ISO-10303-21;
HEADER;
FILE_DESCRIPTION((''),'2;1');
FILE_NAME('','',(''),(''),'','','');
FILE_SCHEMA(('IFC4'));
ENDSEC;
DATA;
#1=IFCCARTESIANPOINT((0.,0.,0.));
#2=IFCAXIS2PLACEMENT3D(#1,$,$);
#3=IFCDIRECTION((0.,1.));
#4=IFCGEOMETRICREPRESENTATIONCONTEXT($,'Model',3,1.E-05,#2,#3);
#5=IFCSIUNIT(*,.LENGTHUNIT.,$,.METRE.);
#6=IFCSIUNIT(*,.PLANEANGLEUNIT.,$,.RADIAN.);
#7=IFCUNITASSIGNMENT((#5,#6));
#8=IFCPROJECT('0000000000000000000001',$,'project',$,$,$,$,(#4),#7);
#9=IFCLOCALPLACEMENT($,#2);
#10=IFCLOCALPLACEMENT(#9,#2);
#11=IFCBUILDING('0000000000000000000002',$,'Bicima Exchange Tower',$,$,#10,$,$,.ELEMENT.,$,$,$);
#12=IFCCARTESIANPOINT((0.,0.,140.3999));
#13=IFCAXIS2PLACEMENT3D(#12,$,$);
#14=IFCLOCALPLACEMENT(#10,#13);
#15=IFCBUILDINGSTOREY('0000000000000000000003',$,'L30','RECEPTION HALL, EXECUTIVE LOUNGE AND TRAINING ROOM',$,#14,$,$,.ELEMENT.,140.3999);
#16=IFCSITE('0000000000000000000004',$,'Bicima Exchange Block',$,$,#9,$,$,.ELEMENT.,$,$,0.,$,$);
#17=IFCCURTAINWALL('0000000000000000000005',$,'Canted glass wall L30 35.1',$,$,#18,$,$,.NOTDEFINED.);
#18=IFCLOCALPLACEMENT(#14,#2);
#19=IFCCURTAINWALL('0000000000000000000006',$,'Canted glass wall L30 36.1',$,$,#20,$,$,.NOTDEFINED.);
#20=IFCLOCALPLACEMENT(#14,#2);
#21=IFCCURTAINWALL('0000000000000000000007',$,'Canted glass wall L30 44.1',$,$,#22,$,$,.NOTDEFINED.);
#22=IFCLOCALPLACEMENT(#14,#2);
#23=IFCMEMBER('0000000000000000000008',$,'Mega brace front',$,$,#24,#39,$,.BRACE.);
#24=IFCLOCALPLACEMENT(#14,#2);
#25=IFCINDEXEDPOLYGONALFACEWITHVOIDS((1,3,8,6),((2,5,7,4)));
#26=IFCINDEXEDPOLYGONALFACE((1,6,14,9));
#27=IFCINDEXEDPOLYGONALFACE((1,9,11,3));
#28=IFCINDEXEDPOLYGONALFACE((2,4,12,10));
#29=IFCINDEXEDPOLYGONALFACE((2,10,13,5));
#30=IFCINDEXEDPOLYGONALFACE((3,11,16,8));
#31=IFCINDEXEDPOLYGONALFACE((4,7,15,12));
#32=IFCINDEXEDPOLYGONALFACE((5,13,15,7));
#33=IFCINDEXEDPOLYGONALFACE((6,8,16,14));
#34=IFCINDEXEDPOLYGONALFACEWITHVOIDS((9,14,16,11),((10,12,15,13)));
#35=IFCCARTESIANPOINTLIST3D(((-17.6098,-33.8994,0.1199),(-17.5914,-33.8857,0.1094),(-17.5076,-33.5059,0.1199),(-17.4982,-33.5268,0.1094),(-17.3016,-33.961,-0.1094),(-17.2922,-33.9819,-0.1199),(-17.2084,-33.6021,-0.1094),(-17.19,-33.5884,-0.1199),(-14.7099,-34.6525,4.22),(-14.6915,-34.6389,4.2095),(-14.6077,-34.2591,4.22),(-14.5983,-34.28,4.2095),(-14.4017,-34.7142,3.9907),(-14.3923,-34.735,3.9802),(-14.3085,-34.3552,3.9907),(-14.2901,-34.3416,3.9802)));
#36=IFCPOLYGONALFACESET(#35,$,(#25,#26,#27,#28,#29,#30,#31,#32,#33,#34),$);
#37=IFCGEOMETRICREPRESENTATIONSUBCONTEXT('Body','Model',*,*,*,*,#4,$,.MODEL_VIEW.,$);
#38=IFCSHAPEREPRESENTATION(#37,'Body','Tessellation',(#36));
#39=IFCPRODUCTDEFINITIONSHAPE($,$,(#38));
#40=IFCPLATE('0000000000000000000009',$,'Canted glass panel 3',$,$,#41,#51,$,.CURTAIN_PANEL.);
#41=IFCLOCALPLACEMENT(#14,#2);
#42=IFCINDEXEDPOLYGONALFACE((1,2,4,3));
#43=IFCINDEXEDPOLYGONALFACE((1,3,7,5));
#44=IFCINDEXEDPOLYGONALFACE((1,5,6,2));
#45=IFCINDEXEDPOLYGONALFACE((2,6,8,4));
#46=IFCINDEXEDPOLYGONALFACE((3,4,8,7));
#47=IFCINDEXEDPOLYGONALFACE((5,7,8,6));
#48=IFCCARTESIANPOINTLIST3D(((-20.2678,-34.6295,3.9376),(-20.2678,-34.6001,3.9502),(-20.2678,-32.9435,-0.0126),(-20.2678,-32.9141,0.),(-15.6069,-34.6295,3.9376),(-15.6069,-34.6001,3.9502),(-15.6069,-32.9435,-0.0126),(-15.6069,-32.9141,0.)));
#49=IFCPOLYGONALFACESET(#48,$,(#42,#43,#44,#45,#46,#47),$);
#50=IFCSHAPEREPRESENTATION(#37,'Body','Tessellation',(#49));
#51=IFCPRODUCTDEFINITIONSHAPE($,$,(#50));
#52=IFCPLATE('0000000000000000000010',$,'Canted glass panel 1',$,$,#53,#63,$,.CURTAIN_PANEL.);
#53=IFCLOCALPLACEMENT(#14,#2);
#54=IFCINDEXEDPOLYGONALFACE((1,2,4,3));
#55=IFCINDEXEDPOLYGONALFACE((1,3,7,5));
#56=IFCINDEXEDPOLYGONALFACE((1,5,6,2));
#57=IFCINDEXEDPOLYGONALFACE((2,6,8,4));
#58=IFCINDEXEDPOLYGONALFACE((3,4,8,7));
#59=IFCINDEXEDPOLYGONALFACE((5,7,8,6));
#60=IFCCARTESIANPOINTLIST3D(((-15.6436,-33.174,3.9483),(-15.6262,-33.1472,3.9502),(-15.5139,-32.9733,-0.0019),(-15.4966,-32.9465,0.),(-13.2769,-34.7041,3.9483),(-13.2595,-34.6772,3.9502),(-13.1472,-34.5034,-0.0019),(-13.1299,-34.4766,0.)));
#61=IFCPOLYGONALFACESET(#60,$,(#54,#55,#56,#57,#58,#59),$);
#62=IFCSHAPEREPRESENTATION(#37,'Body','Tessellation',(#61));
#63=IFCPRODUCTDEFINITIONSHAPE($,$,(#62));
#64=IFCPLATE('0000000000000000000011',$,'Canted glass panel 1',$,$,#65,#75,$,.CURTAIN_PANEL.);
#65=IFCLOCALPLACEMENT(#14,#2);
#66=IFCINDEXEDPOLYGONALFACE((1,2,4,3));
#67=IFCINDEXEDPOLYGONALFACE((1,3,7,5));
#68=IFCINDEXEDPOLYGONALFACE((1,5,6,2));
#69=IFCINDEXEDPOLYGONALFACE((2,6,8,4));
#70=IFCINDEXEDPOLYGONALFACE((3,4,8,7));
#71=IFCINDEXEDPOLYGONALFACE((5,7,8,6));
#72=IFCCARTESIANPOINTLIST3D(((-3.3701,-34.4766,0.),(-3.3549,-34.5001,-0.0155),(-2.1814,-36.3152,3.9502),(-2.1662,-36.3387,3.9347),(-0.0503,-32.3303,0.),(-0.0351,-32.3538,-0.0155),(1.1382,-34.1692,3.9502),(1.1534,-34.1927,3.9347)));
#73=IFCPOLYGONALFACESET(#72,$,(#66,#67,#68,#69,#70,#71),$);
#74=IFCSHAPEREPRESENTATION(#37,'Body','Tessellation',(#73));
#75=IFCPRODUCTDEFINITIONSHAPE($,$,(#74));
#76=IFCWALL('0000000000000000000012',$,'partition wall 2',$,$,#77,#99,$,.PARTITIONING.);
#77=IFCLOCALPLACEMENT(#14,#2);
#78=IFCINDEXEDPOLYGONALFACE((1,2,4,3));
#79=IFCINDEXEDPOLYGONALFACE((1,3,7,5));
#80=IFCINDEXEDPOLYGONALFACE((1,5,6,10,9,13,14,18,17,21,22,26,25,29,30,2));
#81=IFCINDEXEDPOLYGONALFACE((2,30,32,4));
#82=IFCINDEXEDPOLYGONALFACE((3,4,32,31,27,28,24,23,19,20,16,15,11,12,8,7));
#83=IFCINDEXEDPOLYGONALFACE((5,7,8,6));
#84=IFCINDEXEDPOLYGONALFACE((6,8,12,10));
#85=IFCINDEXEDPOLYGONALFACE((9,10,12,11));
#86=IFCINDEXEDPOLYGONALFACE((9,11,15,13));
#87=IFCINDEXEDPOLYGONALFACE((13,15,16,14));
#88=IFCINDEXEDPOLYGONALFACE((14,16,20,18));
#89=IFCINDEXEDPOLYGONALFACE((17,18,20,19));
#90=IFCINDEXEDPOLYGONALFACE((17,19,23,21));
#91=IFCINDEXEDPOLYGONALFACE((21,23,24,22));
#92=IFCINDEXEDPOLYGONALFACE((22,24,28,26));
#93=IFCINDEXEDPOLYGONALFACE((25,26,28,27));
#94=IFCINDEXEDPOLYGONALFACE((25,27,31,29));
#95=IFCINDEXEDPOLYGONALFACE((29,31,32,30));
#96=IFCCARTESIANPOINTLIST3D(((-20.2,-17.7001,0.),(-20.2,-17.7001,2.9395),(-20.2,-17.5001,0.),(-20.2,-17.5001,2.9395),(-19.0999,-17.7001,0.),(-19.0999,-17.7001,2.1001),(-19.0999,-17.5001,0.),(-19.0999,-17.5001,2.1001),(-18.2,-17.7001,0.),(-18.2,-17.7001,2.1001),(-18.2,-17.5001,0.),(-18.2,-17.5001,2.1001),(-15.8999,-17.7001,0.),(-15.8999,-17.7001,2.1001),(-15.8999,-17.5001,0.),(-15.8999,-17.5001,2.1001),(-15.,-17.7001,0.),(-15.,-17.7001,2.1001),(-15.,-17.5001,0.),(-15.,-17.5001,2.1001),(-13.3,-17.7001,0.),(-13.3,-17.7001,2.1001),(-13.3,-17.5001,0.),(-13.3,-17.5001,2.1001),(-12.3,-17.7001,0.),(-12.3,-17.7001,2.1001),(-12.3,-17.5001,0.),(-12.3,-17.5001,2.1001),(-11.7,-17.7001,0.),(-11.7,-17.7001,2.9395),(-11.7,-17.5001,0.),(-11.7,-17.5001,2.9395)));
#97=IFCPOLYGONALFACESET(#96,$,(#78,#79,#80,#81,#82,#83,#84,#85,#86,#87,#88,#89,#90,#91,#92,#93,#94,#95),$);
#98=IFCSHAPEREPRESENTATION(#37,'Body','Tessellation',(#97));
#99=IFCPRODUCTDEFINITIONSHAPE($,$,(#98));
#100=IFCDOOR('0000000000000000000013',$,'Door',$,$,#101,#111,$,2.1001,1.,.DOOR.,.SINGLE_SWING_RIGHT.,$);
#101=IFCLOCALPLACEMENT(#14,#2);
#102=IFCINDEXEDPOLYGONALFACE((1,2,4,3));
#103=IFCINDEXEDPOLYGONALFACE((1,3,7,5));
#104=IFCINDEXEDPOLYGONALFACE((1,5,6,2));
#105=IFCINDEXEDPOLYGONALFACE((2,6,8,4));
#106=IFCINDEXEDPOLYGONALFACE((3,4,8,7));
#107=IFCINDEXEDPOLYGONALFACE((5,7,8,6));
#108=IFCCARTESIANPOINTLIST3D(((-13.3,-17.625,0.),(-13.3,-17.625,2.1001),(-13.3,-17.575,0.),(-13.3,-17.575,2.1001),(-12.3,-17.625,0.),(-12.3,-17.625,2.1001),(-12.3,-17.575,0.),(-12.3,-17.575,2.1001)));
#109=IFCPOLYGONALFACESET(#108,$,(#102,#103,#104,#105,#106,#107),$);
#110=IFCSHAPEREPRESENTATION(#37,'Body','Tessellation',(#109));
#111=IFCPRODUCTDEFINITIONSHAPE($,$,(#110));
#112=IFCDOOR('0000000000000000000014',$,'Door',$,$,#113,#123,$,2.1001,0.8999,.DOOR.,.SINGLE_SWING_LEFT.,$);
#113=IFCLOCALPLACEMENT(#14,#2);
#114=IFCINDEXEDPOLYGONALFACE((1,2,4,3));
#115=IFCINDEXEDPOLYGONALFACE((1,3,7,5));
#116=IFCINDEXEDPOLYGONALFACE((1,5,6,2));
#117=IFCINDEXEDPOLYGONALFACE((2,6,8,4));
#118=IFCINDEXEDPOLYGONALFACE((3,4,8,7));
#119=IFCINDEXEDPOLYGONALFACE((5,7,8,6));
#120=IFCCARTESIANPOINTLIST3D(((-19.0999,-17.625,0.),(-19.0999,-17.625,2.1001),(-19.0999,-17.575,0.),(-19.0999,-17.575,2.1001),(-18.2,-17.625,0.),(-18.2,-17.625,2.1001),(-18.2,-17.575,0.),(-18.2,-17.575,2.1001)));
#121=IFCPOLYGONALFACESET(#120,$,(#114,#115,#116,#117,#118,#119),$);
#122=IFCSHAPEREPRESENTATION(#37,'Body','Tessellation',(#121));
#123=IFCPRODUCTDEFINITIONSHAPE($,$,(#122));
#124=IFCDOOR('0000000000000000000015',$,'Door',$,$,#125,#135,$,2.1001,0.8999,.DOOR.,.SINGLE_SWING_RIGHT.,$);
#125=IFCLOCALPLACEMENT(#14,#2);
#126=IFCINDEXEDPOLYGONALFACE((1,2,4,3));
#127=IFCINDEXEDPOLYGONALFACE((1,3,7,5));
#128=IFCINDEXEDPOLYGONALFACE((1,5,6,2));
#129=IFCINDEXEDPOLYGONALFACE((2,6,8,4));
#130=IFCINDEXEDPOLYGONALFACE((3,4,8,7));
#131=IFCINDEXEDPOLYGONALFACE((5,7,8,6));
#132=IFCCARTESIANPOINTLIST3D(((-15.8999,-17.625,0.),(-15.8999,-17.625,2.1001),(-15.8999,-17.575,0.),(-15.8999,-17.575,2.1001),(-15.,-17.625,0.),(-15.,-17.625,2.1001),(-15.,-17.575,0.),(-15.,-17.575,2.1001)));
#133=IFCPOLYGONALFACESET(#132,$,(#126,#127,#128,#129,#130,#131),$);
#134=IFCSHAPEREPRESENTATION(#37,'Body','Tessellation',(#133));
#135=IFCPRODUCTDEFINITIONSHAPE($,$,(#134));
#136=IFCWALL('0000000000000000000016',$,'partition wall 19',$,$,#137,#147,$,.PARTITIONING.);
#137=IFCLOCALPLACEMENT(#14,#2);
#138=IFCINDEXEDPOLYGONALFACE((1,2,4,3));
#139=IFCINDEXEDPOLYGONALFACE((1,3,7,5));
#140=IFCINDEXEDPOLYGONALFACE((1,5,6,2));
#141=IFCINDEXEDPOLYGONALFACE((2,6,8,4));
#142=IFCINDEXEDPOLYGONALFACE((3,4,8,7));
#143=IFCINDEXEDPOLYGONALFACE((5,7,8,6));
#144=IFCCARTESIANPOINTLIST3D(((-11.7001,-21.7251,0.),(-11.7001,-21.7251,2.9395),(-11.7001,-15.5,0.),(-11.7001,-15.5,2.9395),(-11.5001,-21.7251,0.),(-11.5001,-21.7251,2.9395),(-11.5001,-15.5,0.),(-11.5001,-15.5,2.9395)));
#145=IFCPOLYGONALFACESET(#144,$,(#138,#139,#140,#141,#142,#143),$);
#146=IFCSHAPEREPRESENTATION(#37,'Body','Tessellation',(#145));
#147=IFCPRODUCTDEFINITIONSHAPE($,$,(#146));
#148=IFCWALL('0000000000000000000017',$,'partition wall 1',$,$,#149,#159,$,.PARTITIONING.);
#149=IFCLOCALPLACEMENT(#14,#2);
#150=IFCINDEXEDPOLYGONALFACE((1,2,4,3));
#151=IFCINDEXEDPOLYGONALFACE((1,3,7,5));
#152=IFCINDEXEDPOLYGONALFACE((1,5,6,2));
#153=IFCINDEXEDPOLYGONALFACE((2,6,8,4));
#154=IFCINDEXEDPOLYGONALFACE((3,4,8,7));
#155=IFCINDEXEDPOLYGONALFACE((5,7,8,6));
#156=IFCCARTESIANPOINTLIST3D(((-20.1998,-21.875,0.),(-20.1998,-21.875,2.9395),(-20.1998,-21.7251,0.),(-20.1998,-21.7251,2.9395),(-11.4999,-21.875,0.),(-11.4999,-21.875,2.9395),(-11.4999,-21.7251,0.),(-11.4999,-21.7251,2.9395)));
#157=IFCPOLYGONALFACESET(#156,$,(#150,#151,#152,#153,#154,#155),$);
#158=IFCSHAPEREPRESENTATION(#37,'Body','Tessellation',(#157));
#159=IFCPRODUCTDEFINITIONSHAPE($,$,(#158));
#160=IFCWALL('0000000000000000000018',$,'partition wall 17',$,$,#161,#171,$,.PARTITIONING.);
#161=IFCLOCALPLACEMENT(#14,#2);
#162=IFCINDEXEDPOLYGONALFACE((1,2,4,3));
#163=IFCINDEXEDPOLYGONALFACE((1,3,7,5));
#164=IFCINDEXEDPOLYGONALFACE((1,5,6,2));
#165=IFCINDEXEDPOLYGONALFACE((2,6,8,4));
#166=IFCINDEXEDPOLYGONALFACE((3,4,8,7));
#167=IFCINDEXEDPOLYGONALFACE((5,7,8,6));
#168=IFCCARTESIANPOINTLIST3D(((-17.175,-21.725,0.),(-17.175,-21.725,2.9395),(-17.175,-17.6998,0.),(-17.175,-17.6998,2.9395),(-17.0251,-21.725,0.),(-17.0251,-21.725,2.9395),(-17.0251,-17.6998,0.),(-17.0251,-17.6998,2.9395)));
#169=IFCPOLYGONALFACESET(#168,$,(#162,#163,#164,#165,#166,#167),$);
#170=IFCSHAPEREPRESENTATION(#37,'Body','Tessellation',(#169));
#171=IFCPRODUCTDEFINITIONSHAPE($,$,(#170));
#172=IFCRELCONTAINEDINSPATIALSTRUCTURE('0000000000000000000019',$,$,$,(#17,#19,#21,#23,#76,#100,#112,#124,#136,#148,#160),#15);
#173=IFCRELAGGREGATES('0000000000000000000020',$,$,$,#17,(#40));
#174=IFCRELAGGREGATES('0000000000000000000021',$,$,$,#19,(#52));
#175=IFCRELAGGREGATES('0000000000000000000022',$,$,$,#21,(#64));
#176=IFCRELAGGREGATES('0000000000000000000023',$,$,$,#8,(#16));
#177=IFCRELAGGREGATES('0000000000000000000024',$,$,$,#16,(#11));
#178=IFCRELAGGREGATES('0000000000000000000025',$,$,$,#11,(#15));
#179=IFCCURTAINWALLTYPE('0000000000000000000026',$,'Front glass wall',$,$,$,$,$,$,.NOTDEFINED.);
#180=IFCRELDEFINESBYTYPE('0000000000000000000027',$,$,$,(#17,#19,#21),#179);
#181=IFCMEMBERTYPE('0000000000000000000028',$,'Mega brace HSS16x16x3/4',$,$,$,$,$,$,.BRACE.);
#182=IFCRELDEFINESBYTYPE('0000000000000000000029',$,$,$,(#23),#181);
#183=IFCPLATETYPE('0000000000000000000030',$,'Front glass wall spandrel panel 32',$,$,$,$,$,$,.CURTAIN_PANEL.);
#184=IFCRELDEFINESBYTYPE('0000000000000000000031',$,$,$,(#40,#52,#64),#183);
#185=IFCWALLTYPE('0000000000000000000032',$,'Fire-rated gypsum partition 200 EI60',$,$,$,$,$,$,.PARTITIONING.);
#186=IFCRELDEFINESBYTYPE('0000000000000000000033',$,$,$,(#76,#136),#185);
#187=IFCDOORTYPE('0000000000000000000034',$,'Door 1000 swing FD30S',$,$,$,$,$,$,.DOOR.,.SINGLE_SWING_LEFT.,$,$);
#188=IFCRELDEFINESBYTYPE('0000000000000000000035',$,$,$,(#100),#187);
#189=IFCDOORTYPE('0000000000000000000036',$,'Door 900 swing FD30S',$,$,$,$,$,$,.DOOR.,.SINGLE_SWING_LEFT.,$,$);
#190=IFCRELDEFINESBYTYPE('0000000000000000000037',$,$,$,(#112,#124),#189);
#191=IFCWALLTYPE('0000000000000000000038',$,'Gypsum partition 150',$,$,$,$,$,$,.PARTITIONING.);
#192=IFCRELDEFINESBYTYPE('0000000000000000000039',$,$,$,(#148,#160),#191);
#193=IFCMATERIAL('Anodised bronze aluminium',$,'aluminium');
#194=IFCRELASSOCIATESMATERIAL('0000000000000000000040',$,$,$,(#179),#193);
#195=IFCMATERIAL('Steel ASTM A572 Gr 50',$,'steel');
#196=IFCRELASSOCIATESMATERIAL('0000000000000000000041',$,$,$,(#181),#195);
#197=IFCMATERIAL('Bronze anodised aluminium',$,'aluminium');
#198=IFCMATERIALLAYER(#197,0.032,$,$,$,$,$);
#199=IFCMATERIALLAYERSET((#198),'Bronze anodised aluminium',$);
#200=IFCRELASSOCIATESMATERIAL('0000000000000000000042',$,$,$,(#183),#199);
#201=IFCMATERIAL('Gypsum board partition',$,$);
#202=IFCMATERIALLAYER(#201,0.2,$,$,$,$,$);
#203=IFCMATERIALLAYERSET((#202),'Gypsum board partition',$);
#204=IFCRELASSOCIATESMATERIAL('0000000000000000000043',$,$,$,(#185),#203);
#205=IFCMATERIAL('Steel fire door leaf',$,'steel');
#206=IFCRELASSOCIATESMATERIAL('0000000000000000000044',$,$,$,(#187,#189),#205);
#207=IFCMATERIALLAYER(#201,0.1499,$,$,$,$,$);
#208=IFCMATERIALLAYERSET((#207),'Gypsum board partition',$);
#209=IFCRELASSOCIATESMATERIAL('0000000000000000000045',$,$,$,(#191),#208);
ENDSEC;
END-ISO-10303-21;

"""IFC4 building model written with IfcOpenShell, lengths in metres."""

from ifc_helpers import new_model, si_unit, direction, frame, frame_2d, origin, origin_2d, place, context, subcontext, project, spatial, polyline, rectangle, hollow_rectangle, outline, extrude, material, layer, layer_set, material_profile, profile_set, type_object, element, fill, aggregate, save


model = new_model("IFC4")

# Units and contexts
model_context = context("Model", 3, precision=1e-05, world=origin(), true_north=direction((0.0, 1.0)))
body_context = subcontext(model_context, "Body", "Model", "MODEL_VIEW")
ifc_project = project(units=[si_unit("LENGTHUNIT", "METRE"), si_unit("PLANEANGLEUNIT", "RADIAN")], contexts=[model_context])

# Site, building, storey
site_placement = place(None, origin())
site = spatial("IfcSite", under=ifc_project, at=site_placement, Name="Bicima Exchange Block", CompositionType="ELEMENT", RefElevation=0.0)
building_placement = place(site_placement, origin())
building = spatial("IfcBuilding", under=site, at=building_placement, Name="Bicima Exchange Tower", CompositionType="ELEMENT")
storey_placement = place(building_placement, frame((0.0, 0.0, 140.3999)))
storey = spatial("IfcBuildingStorey", under=building, at=storey_placement, Name="L30", Description="RECEPTION HALL, EXECUTIVE LOUNGE AND TRAINING ROOM", CompositionType="ELEMENT", Elevation=140.3999)

# Curtain wall
ifc_material_1 = material(Name="Anodised bronze aluminium", Category="aluminium")
curtain_wall_type = type_object("IfcCurtainWallType", Name="Front glass wall", PredefinedType="NOTDEFINED", material=ifc_material_1)
curtain_wall_1_placement = place(storey_placement, origin())
curtain_wall_1 = element("IfcCurtainWall", 1, at=curtain_wall_1_placement, inside=storey, type_object=curtain_wall_type, Name="Canted glass wall L30 35.1", PredefinedType="NOTDEFINED")

# Curtain wall
curtain_wall_2_placement = place(storey_placement, origin())
curtain_wall_2 = element("IfcCurtainWall", 2, at=curtain_wall_2_placement, inside=storey, type_object=curtain_wall_type, Name="Canted glass wall L30 36.1", PredefinedType="NOTDEFINED")

# Curtain wall
curtain_wall_3_placement = place(storey_placement, origin())
curtain_wall_3 = element("IfcCurtainWall", 3, at=curtain_wall_3_placement, inside=storey, type_object=curtain_wall_type, Name="Canted glass wall L30 44.1", PredefinedType="NOTDEFINED")

# Member
ifc_material_2 = material(Name="Steel ASTM A572 Gr 50", Category="steel")
ifc_material_profile_1 = material_profile(ifc_material_2, hollow_rectangle(XDim=0.4065, YDim=0.4065, WallThickness=0.0178, at=origin_2d()))
ifc_profile_set_1 = profile_set([ifc_material_profile_1], Name="Steel ASTM A572 Gr 50")
member_type_1 = type_object("IfcMemberType", Name="Mega brace HSS16x16x3/4", PredefinedType="BRACE", material=ifc_profile_set_1)
member_1_placement = place(storey_placement, frame((-17.3999, -33.7439, 0.0), z_axis=(0.571056, -0.148317, 0.807401), x_axis=(0.251383, 0.967888, 0.0)))
element("IfcMember", 4, at=member_1_placement, inside=storey, type_object=member_type_1, Name="Mega brace front", PredefinedType="BRACE", context=body_context, shape_type="SweptSolid", body=[
    extrude(hollow_rectangle(XDim=0.4065, YDim=0.4065, WallThickness=0.0178, at=origin_2d()), origin(), (0.0, 0.0, 1.0), 5.0781),
])

# Plates
ifc_material_3 = material(Name="Bronze anodised aluminium", Category="aluminium")
ifc_layer_1 = layer(ifc_material_3, 0.032)
ifc_layer_set_1 = layer_set([ifc_layer_1], Name="Bronze anodised aluminium")
plate_type = type_object("IfcPlateType", Name="Front glass wall spandrel panel 32", PredefinedType="CURTAIN_PANEL", material=ifc_layer_set_1)
plate_1_placement = place(storey_placement, frame((-20.2678, -32.9141, 0.0), z_axis=(0.0, 0.919726, 0.392561), x_axis=(1.0, 0.0, 0.0)))
plate_1 = element("IfcPlate", 5, at=plate_1_placement, type_object=plate_type, Name="Canted glass panel 3", PredefinedType="CURTAIN_PANEL", context=body_context, shape_type="SweptSolid", body=[
    extrude(outline(polyline([(0.0, 0.0), (4.6609, 0.0), (4.6609, -4.295), (0.0, -4.295), (0.0, 0.0)])), origin(), (0.0, 0.0, -1.0), 0.032),
])
aggregate(curtain_wall_1, [plate_1])
plate_2_placement = place(storey_placement, frame((-15.4966, -32.9465, 0.0), z_axis=(0.54192, 0.838259, 0.060371), x_axis=(0.839791, -0.54291, 0.0)))
plate_2 = element("IfcPlate", 6, at=plate_2_placement, type_object=plate_type, Name="Canted glass panel 1", PredefinedType="CURTAIN_PANEL", context=body_context, shape_type="SweptSolid", body=[
    extrude(outline(polyline([(0.0, 0.0), (2.8182, 0.0), (2.8183, -3.9574), (0.0001, -3.9574), (0.0, 0.0)])), origin(), (0.0, 0.0, -1.0), 0.032),
])
aggregate(curtain_wall_2, [plate_2])
plate_3_placement = place(storey_placement, frame((-3.3701, -34.4766, 0.0), z_axis=(-0.474847, 0.734512, 0.484782), x_axis=(0.839791, 0.54291, -0.000004)))
plate_3 = element("IfcPlate", 7, at=plate_3_placement, type_object=plate_type, Name="Canted glass panel 1", PredefinedType="CURTAIN_PANEL", context=body_context, shape_type="SweptSolid", body=[
    extrude(outline(polyline([(0.0, 0.0), (3.9532, 0.0), (3.9529, -4.5164), (0.0001, -4.5164), (0.0, 0.0)])), origin(), (0.0, 0.0, -1.0), 0.032),
])
aggregate(curtain_wall_3, [plate_3])

# Wall, openings, doors
ifc_material_4 = material(Name="Gypsum board partition")
ifc_layer_2 = layer(ifc_material_4, 0.2)
ifc_layer_set_2 = layer_set([ifc_layer_2], Name="Gypsum board partition")
wall_type_1 = type_object("IfcWallType", Name="Fire-rated gypsum partition 200 EI60", PredefinedType="PARTITIONING", material=ifc_layer_set_2)
wall_1_placement = place(storey_placement, frame((-20.2, -17.6001, 0.0), z_axis=(0.0, 0.0, 1.0), x_axis=(1.0, 0.0, 0.0)))
wall_1 = element("IfcWall", 8, at=wall_1_placement, inside=storey, type_object=wall_type_1, Name="partition wall 2", PredefinedType="PARTITIONING", context=body_context, shape_type="SweptSolid", body=[
    extrude(rectangle(XDim=8.5, YDim=0.2, at=frame_2d((4.25, 0.0))), origin(), (0.0, 0.0, 1.0), 2.9395),
])
opening_1_placement = place(wall_1_placement, frame((1.1001, 0.0, 0.0)))
opening_1 = element("IfcOpeningElement", 9, at=opening_1_placement, cuts=wall_1, PredefinedType="OPENING", context=body_context, shape_type="SweptSolid", body=[
    extrude(rectangle(XDim=0.8999, YDim=2.1001, at=frame_2d((0.45, 1.05))), frame((0.0, 0.1118, 0.0), z_axis=(0.0, -1.0, 0.0), x_axis=(1.0, 0.0, 0.0)), (0.0, 0.0, 1.0), 0.2239),
])
opening_2_placement = place(wall_1_placement, frame((4.3, 0.0, 0.0)))
opening_2 = element("IfcOpeningElement", 10, at=opening_2_placement, cuts=wall_1, PredefinedType="OPENING", context=body_context, shape_type="SweptSolid", body=[
    extrude(rectangle(XDim=0.8999, YDim=2.1001, at=frame_2d((0.45, 1.05))), frame((0.0, 0.1118, 0.0), z_axis=(0.0, -1.0, 0.0), x_axis=(1.0, 0.0, 0.0)), (0.0, 0.0, 1.0), 0.2239),
])
opening_3_placement = place(wall_1_placement, frame((6.8999, 0.0, 0.0)))
opening_3 = element("IfcOpeningElement", 11, at=opening_3_placement, cuts=wall_1, PredefinedType="OPENING", context=body_context, shape_type="SweptSolid", body=[
    extrude(rectangle(XDim=1.0, YDim=2.1001, at=frame_2d((0.5, 1.05))), frame((0.0, 0.1118, 0.0), z_axis=(0.0, -1.0, 0.0), x_axis=(1.0, 0.0, 0.0)), (0.0, 0.0, 1.0), 0.2239),
])
ifc_material_5 = material(Name="Steel fire door leaf", Category="steel")
door_type_1 = type_object("IfcDoorType", Name="Door 1000 swing FD30S", OperationType="SINGLE_SWING_LEFT", PredefinedType="DOOR", material=ifc_material_5)
door_1_placement = place(opening_3_placement, frame((1.0, 0.0, 0.0), z_axis=(0.0, 0.0, 1.0), x_axis=(-1.0, 0.0, 0.0)))
door_1 = element("IfcDoor", 12, at=door_1_placement, inside=storey, type_object=door_type_1, Name="Door", OperationType="SINGLE_SWING_RIGHT", OverallHeight=2.1001, OverallWidth=1.0, PredefinedType="DOOR", context=body_context, shape_type="SweptSolid", body=[
    extrude(rectangle(XDim=1.0, YDim=2.1001, at=frame_2d((0.5, 1.05))), frame((0.0, 0.0249, 0.0), z_axis=(0.0, -1.0, 0.0), x_axis=(1.0, 0.0, 0.0)), (0.0, 0.0, 1.0), 0.05),
])
fill(opening_3, door_1)
door_type_2 = type_object("IfcDoorType", Name="Door 900 swing FD30S", OperationType="SINGLE_SWING_LEFT", PredefinedType="DOOR", material=ifc_material_5)
door_2_placement = place(opening_1_placement, frame((0.8999, 0.0, 0.0), z_axis=(0.0, 0.0, 1.0), x_axis=(-1.0, 0.0, 0.0)))
door_2 = element("IfcDoor", 13, at=door_2_placement, inside=storey, type_object=door_type_2, Name="Door", OperationType="SINGLE_SWING_LEFT", OverallHeight=2.1001, OverallWidth=0.8999, PredefinedType="DOOR", context=body_context, shape_type="SweptSolid", body=[
    extrude(rectangle(XDim=0.8999, YDim=2.1001, at=frame_2d((0.45, 1.05))), frame((0.0, 0.0249, 0.0), z_axis=(0.0, -1.0, 0.0), x_axis=(1.0, 0.0, 0.0)), (0.0, 0.0, 1.0), 0.05),
])
fill(opening_1, door_2)
door_3_placement = place(opening_2_placement, frame((0.8999, 0.0, 0.0), z_axis=(0.0, 0.0, 1.0), x_axis=(-1.0, 0.0, 0.0)))
door_3 = element("IfcDoor", 14, at=door_3_placement, inside=storey, type_object=door_type_2, Name="Door", OperationType="SINGLE_SWING_RIGHT", OverallHeight=2.1001, OverallWidth=0.8999, PredefinedType="DOOR", context=body_context, shape_type="SweptSolid", body=[
    extrude(rectangle(XDim=0.8999, YDim=2.1001, at=frame_2d((0.45, 1.05))), frame((0.0, 0.0249, 0.0), z_axis=(0.0, -1.0, 0.0), x_axis=(1.0, 0.0, 0.0)), (0.0, 0.0, 1.0), 0.05),
])
fill(opening_2, door_3)

# Walls
wall_2_placement = place(storey_placement, frame((-11.6001, -21.7251, 0.0), z_axis=(0.0, 0.0, 1.0), x_axis=(0.0, 1.0, 0.0)))
element("IfcWall", 15, at=wall_2_placement, inside=storey, type_object=wall_type_1, Name="partition wall 19", PredefinedType="PARTITIONING", context=body_context, shape_type="SweptSolid", body=[
    extrude(rectangle(XDim=6.2251, YDim=0.2, at=frame_2d((3.1125, 0.0))), origin(), (0.0, 0.0, 1.0), 2.9395),
])
ifc_layer_3 = layer(ifc_material_4, 0.1499)
ifc_layer_set_3 = layer_set([ifc_layer_3], Name="Gypsum board partition")
wall_type_2 = type_object("IfcWallType", Name="Gypsum partition 150", PredefinedType="PARTITIONING", material=ifc_layer_set_3)
wall_3_placement = place(storey_placement, frame((-20.2, -21.8, 0.0), z_axis=(0.0, 0.0, 1.0), x_axis=(1.0, 0.0, 0.0)))
element("IfcWall", 16, at=wall_3_placement, inside=storey, type_object=wall_type_2, Name="partition wall 1", PredefinedType="PARTITIONING", context=body_context, shape_type="SweptSolid", body=[
    extrude(rectangle(XDim=8.7, YDim=0.1499, at=frame_2d((4.3501, 0.0))), origin(), (0.0, 0.0, 1.0), 2.9395),
])
for number, where, z_axis, x_axis, name in (
    (17, (-17.1001, -21.7251, 0.0), (0.0, 0.0, 1.0), (0.0, 1.0, 0.0), "partition wall 17"),
):
    element("IfcWall", number, at=place(storey_placement, frame(where, z_axis=z_axis, x_axis=x_axis)), inside=storey, type_object=wall_type_2, Name=name, PredefinedType="PARTITIONING", context=body_context, shape_type="SweptSolid", body=[
        extrude(rectangle(XDim=4.0251, YDim=0.1499, at=frame_2d((2.0127, 0.0))), origin(), (0.0, 0.0, 1.0), 2.9395),
    ])

save(model, "model.ifc")
